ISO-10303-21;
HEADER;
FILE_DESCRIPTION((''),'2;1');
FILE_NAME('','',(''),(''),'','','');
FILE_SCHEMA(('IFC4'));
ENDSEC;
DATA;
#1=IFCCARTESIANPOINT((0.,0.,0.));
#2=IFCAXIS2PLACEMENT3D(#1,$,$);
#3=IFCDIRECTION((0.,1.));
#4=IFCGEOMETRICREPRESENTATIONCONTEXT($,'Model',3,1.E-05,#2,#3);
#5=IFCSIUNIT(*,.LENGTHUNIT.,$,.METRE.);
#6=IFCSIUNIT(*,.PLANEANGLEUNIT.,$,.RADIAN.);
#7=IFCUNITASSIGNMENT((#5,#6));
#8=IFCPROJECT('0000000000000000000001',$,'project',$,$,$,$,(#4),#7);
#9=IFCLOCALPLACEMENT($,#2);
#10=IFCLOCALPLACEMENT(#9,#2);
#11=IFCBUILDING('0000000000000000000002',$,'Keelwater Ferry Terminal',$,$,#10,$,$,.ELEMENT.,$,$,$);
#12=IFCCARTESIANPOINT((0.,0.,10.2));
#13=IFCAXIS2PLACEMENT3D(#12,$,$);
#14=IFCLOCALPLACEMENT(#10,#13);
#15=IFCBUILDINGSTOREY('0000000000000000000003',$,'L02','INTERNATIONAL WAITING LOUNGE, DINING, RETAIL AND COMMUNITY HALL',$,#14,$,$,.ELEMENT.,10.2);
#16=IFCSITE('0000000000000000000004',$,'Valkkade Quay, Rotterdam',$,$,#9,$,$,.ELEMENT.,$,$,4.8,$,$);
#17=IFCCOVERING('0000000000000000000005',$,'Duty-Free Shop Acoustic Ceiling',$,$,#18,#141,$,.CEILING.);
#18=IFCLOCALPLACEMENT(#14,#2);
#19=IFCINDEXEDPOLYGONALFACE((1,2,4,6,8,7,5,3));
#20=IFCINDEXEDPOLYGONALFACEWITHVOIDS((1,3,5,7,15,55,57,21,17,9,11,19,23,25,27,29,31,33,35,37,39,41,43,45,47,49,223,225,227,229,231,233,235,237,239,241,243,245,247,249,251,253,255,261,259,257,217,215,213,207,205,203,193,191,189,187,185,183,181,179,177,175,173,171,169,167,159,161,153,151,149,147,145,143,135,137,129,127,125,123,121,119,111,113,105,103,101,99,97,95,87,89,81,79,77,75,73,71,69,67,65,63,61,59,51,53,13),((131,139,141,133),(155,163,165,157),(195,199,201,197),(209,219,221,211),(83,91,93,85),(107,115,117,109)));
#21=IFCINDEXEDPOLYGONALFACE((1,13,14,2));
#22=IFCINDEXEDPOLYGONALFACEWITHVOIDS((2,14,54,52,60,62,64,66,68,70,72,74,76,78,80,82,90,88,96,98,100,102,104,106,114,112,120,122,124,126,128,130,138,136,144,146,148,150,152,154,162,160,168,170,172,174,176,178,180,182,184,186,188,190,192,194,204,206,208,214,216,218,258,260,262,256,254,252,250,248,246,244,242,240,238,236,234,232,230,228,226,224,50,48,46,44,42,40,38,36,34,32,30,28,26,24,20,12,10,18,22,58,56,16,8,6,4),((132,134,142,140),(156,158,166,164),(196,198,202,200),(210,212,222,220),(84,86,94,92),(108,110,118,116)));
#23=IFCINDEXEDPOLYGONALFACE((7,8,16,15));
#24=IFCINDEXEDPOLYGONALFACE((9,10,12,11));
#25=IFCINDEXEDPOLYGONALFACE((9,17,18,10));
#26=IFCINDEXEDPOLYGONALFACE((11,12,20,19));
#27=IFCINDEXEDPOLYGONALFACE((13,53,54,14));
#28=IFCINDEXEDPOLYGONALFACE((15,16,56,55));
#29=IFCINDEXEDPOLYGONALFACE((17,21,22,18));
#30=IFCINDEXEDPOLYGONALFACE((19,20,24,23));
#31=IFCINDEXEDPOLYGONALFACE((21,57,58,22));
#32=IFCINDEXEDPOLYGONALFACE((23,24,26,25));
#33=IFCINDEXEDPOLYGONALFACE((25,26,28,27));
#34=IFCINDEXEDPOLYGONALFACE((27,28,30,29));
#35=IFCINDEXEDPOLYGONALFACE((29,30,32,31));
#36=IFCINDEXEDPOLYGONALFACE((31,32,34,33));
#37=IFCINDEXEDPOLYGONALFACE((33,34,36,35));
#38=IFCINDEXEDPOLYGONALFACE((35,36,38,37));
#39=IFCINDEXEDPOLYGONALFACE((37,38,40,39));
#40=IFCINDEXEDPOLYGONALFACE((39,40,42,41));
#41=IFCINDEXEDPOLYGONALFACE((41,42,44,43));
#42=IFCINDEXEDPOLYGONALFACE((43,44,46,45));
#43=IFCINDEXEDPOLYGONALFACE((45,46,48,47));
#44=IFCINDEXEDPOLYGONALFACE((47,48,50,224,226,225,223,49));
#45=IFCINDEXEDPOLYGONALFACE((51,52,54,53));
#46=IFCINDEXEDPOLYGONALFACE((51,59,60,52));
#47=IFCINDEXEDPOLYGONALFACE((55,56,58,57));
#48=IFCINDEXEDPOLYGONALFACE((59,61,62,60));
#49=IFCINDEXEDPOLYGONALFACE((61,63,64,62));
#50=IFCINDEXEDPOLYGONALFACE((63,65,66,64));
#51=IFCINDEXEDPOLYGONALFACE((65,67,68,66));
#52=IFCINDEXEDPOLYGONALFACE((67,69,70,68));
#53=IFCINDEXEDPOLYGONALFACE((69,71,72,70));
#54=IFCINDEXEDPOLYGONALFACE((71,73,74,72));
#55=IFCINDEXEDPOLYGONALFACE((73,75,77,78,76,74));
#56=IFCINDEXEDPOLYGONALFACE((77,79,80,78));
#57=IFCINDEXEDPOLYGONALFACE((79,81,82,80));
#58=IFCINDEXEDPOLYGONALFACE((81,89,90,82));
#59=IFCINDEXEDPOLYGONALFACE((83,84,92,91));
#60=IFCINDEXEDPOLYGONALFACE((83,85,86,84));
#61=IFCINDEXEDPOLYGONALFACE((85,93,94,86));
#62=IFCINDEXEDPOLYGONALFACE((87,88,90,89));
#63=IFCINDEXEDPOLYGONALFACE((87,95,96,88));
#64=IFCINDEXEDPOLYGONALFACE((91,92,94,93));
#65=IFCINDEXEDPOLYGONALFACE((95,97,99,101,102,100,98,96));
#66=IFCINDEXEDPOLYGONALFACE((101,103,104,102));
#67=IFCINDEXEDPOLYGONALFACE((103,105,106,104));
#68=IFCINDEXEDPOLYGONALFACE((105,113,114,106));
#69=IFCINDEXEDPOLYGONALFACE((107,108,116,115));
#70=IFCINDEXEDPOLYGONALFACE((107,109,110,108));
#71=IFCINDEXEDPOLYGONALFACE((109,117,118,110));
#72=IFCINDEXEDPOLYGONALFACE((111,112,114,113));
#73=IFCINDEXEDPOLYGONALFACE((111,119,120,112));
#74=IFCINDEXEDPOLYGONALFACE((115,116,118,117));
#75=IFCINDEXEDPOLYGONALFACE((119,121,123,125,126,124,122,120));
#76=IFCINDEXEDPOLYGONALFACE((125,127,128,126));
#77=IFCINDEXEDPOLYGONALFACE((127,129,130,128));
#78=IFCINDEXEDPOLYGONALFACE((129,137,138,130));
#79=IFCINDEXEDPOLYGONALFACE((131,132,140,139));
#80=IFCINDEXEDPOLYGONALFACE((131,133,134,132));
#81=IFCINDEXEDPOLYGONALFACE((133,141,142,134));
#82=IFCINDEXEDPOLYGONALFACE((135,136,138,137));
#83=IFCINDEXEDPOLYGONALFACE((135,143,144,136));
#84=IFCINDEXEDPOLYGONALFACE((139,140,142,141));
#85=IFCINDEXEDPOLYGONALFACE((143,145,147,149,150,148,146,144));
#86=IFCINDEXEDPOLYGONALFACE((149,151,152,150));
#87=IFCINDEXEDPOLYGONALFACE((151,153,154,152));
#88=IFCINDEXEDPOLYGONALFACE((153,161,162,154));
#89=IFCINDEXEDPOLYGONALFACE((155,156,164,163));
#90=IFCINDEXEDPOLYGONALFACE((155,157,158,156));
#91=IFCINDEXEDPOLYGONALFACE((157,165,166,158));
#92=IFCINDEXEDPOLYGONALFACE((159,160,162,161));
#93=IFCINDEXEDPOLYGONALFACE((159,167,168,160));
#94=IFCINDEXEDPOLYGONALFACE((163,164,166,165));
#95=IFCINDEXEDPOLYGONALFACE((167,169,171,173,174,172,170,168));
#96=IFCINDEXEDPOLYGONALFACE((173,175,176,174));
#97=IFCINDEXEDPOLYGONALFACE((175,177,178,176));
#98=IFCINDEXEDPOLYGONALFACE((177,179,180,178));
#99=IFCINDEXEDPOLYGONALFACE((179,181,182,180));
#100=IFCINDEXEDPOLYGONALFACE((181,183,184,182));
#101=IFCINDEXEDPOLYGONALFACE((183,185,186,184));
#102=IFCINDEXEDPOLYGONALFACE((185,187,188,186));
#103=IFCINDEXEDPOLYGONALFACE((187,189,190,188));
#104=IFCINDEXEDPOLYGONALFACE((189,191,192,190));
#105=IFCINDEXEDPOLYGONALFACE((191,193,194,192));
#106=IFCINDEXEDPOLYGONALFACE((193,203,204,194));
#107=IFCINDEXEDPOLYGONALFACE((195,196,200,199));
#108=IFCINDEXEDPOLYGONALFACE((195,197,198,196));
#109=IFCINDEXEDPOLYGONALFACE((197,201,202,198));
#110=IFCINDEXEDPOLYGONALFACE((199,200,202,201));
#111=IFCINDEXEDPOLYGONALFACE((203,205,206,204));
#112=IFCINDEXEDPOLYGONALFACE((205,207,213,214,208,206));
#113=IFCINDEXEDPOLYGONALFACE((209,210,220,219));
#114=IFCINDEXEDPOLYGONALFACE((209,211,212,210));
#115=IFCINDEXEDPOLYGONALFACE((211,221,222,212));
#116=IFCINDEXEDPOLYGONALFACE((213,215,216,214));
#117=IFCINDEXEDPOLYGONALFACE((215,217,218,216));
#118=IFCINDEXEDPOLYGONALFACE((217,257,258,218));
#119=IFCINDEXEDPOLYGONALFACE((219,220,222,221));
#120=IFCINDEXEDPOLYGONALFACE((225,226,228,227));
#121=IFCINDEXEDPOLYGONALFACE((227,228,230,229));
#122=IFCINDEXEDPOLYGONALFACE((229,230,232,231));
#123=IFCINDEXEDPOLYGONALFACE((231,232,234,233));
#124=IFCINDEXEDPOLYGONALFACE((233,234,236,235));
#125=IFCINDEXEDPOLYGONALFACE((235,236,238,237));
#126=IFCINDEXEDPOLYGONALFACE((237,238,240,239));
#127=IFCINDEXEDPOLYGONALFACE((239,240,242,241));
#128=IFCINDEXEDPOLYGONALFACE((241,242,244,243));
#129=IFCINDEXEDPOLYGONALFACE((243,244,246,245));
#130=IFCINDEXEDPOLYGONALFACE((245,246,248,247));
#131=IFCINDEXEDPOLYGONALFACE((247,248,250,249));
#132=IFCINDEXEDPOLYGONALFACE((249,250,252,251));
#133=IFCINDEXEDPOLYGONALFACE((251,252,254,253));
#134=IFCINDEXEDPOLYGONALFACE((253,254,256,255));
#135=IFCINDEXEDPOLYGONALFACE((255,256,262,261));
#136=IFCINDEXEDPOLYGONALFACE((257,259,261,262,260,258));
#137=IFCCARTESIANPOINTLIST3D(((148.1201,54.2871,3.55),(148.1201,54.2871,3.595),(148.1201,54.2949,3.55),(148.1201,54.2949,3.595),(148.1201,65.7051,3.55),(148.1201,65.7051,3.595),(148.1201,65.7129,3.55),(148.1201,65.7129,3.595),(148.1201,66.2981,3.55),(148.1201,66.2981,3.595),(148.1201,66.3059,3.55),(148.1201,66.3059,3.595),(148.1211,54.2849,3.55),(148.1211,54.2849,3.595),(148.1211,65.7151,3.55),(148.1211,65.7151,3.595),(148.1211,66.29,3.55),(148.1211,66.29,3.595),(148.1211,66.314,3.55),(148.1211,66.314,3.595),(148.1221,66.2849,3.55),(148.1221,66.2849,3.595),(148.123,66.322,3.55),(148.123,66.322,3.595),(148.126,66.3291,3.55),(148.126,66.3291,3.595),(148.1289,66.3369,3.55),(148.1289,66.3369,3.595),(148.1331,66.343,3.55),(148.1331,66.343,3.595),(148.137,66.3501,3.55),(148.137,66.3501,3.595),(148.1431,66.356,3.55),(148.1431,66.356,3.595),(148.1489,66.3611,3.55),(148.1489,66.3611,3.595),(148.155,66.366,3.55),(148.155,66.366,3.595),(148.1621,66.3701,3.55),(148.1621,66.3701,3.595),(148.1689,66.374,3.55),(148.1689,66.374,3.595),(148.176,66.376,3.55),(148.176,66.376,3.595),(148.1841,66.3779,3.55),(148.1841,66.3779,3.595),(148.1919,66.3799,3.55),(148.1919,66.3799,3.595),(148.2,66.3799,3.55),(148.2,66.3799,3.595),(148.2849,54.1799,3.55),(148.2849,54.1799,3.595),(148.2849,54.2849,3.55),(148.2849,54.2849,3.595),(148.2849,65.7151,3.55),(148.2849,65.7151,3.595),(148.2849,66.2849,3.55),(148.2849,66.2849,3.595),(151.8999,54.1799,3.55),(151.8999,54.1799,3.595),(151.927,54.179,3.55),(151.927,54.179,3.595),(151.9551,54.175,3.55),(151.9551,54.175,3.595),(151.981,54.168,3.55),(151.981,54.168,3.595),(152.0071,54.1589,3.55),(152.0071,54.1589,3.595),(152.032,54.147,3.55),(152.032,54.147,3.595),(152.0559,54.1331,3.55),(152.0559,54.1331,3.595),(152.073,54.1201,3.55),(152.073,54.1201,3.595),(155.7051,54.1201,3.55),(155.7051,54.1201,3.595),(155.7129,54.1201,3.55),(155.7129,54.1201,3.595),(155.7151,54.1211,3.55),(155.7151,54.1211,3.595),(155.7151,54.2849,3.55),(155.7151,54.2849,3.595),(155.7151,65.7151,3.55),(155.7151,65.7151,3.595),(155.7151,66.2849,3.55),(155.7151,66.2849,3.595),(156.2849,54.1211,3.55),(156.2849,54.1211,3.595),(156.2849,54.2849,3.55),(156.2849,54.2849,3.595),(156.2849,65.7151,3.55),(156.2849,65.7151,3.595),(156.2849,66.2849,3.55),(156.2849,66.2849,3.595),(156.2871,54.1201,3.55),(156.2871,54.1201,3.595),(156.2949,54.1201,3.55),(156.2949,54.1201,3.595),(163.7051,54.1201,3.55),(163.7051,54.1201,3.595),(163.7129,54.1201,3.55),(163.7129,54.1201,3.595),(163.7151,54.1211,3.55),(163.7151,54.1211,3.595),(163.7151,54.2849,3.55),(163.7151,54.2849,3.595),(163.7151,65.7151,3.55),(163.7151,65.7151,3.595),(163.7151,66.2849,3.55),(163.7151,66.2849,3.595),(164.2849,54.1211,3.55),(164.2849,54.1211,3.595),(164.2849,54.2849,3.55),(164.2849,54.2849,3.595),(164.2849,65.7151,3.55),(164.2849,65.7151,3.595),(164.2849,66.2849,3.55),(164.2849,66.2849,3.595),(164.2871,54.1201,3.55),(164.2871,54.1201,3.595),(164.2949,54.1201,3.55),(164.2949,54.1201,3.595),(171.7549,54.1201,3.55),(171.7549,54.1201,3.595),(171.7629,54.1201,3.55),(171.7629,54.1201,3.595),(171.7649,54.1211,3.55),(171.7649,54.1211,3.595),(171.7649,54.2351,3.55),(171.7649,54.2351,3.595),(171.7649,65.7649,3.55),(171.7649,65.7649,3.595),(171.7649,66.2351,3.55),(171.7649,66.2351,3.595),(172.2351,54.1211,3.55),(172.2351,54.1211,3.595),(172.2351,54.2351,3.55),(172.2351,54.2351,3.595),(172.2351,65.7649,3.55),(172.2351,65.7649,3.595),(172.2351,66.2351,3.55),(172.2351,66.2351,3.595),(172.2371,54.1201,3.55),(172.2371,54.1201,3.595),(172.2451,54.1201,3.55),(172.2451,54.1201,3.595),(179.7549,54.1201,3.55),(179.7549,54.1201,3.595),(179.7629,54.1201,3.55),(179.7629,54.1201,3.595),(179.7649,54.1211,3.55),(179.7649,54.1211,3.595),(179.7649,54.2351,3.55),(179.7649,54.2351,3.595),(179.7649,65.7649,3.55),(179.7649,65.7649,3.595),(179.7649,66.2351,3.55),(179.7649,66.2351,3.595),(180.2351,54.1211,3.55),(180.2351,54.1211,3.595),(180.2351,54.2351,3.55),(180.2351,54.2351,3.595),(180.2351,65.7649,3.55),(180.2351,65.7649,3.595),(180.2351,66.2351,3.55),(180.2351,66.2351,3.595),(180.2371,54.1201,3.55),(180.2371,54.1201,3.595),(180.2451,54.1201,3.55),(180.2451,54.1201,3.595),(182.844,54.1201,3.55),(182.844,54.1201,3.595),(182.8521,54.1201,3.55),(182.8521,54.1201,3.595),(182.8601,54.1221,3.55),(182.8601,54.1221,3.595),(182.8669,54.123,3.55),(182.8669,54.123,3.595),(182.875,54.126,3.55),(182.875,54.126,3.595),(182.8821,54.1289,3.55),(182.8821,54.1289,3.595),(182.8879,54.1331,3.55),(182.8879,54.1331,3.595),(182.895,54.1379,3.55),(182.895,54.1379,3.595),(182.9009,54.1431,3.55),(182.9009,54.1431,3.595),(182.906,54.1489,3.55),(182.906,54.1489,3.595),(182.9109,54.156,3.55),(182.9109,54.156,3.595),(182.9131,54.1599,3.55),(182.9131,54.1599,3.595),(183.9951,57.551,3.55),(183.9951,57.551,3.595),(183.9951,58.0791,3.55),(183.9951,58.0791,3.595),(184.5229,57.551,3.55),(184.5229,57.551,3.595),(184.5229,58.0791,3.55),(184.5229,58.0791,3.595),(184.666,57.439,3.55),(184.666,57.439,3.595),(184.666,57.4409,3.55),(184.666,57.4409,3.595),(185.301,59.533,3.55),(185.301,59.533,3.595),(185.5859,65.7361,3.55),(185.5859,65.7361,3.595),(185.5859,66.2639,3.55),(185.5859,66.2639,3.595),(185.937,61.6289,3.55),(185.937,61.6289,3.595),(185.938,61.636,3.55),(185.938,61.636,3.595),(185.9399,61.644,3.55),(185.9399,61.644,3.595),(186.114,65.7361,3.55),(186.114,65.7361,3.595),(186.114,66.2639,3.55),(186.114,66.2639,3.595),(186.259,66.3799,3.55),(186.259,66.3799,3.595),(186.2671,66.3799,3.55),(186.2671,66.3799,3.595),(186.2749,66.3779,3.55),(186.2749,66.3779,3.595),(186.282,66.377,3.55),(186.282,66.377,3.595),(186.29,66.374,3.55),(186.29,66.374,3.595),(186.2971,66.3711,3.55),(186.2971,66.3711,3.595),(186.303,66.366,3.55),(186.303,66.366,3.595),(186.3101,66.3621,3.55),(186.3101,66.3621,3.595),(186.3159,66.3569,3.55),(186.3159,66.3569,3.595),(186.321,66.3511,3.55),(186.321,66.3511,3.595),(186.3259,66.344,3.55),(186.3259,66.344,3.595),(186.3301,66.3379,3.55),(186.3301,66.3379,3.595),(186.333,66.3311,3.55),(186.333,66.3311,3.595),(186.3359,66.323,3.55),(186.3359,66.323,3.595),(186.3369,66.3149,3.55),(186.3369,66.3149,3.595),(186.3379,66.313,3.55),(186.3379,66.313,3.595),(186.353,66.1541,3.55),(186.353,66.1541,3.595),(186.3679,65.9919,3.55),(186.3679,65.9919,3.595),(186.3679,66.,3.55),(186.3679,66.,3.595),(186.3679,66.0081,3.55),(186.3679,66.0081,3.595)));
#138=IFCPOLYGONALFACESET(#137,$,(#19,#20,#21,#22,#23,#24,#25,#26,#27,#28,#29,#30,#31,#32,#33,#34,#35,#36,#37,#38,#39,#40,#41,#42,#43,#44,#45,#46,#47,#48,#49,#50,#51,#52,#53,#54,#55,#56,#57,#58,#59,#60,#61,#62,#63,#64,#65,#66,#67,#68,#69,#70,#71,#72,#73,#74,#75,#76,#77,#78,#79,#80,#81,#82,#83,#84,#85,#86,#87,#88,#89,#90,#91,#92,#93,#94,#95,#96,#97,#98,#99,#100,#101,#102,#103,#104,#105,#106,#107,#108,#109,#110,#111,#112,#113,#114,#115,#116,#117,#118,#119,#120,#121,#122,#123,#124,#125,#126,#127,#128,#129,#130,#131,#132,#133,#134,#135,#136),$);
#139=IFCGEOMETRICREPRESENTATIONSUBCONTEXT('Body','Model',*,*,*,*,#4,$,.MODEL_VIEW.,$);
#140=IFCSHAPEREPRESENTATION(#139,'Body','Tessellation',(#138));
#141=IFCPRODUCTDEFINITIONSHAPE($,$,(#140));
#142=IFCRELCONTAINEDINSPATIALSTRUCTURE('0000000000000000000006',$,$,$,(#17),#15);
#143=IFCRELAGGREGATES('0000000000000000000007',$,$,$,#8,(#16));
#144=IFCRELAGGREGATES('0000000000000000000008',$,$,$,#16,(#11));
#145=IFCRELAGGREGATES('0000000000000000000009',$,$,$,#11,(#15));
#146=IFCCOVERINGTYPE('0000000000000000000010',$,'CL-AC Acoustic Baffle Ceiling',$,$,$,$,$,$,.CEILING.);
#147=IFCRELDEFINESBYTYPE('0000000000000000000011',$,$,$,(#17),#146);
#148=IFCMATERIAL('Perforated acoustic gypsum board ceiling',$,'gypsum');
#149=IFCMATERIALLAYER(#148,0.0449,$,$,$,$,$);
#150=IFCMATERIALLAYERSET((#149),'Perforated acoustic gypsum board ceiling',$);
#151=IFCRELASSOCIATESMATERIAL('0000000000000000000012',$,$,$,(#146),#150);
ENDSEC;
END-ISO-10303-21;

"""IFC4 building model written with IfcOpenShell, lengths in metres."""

from ifc_helpers import new_model, si_unit, direction, frame, origin, place, context, subcontext, project, spatial, polyline, outline, extrude, material, layer, layer_set, type_object, element, save


model = new_model("IFC4")

# Units and contexts
model_context = context("Model", 3, precision=1e-05, world=origin(), true_north=direction((0.0, 1.0)))
body_context = subcontext(model_context, "Body", "Model", "MODEL_VIEW")
ifc_project = project(units=[si_unit("LENGTHUNIT", "METRE"), si_unit("PLANEANGLEUNIT", "RADIAN")], contexts=[model_context])

# Site, building, storey
site_placement = place(None, origin())
site = spatial("IfcSite", under=ifc_project, at=site_placement, Name="Valkkade Quay, Rotterdam", CompositionType="ELEMENT", RefElevation=4.8)
building_placement = place(site_placement, origin())
building = spatial("IfcBuilding", under=site, at=building_placement, Name="Keelwater Ferry Terminal", CompositionType="ELEMENT")
storey_placement = place(building_placement, frame((0.0, 0.0, 10.2)))
storey = spatial("IfcBuildingStorey", under=building, at=storey_placement, Name="L02", Description="INTERNATIONAL WAITING LOUNGE, DINING, RETAIL AND COMMUNITY HALL", CompositionType="ELEMENT", Elevation=10.2)

# Covering
ifc_material_1 = material(Name="Perforated acoustic gypsum board ceiling", Category="gypsum")
ifc_layer_1 = layer(ifc_material_1, 0.0449)
ifc_layer_set_1 = layer_set([ifc_layer_1], Name="Perforated acoustic gypsum board ceiling")
covering_type_1 = type_object("IfcCoveringType", Name="CL-AC Acoustic Baffle Ceiling", PredefinedType="CEILING", material=ifc_layer_set_1)
covering_1_placement = place(storey_placement, frame((0.0, 0.0, 3.55)))
element("IfcCovering", 1, at=covering_1_placement, inside=storey, type_object=covering_type_1, Name="Duty-Free Shop Acoustic Ceiling", PredefinedType="CEILING", context=body_context, shape_type="SweptSolid", body=[
    extrude(outline(polyline([(171.7629, 54.1201), (171.7549, 54.1201), (164.2949, 54.1201), (164.2871, 54.1201), (164.2849, 54.1211), (164.2849, 54.2849), (163.7151, 54.2849), (163.7151, 54.1211), (163.7129, 54.1201), (163.7051, 54.1201), (156.2949, 54.1201), (156.2871, 54.1201), (156.2849, 54.1211), (156.2849, 54.2849), (155.7151, 54.2849), (155.7151, 54.1211), (155.7129, 54.1201), (155.7051, 54.1201), (152.073, 54.1201), (152.0559, 54.1331), (152.032, 54.147), (152.0071, 54.1589), (151.981, 54.168), (151.9551, 54.175), (151.927, 54.179), (151.8999, 54.1799), (148.2849, 54.1799), (148.2849, 54.2849), (148.1211, 54.2849), (148.1201, 54.2871), (148.1201, 54.2949), (148.1201, 65.7051), (148.1201, 65.7129), (148.1211, 65.7151), (148.2849, 65.7151), (148.2849, 66.2849), (148.1221, 66.2849), (148.1211, 66.29), (148.1201, 66.2981), (148.1201, 66.3059), (148.1211, 66.314), (148.123, 66.322), (148.126, 66.3291), (148.1289, 66.3369), (148.1331, 66.343), (148.137, 66.3501), (148.1431, 66.356), (148.1489, 66.3611), (148.155, 66.366), (148.1621, 66.3701), (148.1689, 66.374), (148.176, 66.376), (148.1841, 66.3779), (148.1919, 66.3799), (148.2, 66.3799), (186.259, 66.3799), (186.2671, 66.3799), (186.2749, 66.3779), (186.282, 66.377), (186.29, 66.374), (186.2971, 66.3711), (186.303, 66.366), (186.3101, 66.3621), (186.3159, 66.3569), (186.321, 66.3511), (186.3259, 66.344), (186.3301, 66.3379), (186.333, 66.3311), (186.3359, 66.323), (186.3369, 66.3149), (186.3379, 66.313), (186.353, 66.1541), (186.3679, 66.0081), (186.3679, 66.0), (186.3679, 65.9919), (185.9399, 61.644), (185.938, 61.636), (185.937, 61.6289), (185.301, 59.533), (184.666, 57.4409), (184.666, 57.439), (184.666, 57.439), (182.9131, 54.1599), (182.9109, 54.156), (182.906, 54.1489), (182.9009, 54.1431), (182.895, 54.1379), (182.8879, 54.1331), (182.8821, 54.1289), (182.875, 54.126), (182.8669, 54.123), (182.8601, 54.1221), (182.8521, 54.1201), (182.844, 54.1201), (180.2451, 54.1201), (180.2371, 54.1201), (180.2351, 54.1211), (180.2351, 54.2351), (179.7649, 54.2351), (179.7649, 54.1211), (179.7629, 54.1201), (179.7549, 54.1201), (172.2451, 54.1201), (172.2371, 54.1201), (172.2351, 54.1211), (172.2351, 54.2351), (171.7649, 54.2351), (171.7649, 54.1211), (171.7629, 54.1201)]), holes=[polyline([(155.7151, 66.2849), (155.7151, 65.7151), (156.2849, 65.7151), (156.2849, 66.2849), (155.7151, 66.2849)]), polyline([(183.9951, 58.0791), (183.9951, 57.551), (184.5229, 57.551), (184.5229, 58.0791), (183.9951, 58.0791)]), polyline([(185.5859, 66.2639), (185.5859, 65.7361), (186.114, 65.7361), (186.114, 66.2639), (185.5859, 66.2639)]), polyline([(179.7649, 66.2351), (179.7649, 65.7649), (180.2351, 65.7649), (180.2351, 66.2351), (179.7649, 66.2351)]), polyline([(171.7649, 66.2351), (171.7649, 65.7649), (172.2351, 65.7649), (172.2351, 66.2351), (171.7649, 66.2351)]), polyline([(163.7151, 66.2849), (163.7151, 65.7151), (164.2849, 65.7151), (164.2849, 66.2849), (163.7151, 66.2849)])]), origin(), (0.0, 0.0, 1.0), 0.0449),
])

save(model, "model.ifc")
